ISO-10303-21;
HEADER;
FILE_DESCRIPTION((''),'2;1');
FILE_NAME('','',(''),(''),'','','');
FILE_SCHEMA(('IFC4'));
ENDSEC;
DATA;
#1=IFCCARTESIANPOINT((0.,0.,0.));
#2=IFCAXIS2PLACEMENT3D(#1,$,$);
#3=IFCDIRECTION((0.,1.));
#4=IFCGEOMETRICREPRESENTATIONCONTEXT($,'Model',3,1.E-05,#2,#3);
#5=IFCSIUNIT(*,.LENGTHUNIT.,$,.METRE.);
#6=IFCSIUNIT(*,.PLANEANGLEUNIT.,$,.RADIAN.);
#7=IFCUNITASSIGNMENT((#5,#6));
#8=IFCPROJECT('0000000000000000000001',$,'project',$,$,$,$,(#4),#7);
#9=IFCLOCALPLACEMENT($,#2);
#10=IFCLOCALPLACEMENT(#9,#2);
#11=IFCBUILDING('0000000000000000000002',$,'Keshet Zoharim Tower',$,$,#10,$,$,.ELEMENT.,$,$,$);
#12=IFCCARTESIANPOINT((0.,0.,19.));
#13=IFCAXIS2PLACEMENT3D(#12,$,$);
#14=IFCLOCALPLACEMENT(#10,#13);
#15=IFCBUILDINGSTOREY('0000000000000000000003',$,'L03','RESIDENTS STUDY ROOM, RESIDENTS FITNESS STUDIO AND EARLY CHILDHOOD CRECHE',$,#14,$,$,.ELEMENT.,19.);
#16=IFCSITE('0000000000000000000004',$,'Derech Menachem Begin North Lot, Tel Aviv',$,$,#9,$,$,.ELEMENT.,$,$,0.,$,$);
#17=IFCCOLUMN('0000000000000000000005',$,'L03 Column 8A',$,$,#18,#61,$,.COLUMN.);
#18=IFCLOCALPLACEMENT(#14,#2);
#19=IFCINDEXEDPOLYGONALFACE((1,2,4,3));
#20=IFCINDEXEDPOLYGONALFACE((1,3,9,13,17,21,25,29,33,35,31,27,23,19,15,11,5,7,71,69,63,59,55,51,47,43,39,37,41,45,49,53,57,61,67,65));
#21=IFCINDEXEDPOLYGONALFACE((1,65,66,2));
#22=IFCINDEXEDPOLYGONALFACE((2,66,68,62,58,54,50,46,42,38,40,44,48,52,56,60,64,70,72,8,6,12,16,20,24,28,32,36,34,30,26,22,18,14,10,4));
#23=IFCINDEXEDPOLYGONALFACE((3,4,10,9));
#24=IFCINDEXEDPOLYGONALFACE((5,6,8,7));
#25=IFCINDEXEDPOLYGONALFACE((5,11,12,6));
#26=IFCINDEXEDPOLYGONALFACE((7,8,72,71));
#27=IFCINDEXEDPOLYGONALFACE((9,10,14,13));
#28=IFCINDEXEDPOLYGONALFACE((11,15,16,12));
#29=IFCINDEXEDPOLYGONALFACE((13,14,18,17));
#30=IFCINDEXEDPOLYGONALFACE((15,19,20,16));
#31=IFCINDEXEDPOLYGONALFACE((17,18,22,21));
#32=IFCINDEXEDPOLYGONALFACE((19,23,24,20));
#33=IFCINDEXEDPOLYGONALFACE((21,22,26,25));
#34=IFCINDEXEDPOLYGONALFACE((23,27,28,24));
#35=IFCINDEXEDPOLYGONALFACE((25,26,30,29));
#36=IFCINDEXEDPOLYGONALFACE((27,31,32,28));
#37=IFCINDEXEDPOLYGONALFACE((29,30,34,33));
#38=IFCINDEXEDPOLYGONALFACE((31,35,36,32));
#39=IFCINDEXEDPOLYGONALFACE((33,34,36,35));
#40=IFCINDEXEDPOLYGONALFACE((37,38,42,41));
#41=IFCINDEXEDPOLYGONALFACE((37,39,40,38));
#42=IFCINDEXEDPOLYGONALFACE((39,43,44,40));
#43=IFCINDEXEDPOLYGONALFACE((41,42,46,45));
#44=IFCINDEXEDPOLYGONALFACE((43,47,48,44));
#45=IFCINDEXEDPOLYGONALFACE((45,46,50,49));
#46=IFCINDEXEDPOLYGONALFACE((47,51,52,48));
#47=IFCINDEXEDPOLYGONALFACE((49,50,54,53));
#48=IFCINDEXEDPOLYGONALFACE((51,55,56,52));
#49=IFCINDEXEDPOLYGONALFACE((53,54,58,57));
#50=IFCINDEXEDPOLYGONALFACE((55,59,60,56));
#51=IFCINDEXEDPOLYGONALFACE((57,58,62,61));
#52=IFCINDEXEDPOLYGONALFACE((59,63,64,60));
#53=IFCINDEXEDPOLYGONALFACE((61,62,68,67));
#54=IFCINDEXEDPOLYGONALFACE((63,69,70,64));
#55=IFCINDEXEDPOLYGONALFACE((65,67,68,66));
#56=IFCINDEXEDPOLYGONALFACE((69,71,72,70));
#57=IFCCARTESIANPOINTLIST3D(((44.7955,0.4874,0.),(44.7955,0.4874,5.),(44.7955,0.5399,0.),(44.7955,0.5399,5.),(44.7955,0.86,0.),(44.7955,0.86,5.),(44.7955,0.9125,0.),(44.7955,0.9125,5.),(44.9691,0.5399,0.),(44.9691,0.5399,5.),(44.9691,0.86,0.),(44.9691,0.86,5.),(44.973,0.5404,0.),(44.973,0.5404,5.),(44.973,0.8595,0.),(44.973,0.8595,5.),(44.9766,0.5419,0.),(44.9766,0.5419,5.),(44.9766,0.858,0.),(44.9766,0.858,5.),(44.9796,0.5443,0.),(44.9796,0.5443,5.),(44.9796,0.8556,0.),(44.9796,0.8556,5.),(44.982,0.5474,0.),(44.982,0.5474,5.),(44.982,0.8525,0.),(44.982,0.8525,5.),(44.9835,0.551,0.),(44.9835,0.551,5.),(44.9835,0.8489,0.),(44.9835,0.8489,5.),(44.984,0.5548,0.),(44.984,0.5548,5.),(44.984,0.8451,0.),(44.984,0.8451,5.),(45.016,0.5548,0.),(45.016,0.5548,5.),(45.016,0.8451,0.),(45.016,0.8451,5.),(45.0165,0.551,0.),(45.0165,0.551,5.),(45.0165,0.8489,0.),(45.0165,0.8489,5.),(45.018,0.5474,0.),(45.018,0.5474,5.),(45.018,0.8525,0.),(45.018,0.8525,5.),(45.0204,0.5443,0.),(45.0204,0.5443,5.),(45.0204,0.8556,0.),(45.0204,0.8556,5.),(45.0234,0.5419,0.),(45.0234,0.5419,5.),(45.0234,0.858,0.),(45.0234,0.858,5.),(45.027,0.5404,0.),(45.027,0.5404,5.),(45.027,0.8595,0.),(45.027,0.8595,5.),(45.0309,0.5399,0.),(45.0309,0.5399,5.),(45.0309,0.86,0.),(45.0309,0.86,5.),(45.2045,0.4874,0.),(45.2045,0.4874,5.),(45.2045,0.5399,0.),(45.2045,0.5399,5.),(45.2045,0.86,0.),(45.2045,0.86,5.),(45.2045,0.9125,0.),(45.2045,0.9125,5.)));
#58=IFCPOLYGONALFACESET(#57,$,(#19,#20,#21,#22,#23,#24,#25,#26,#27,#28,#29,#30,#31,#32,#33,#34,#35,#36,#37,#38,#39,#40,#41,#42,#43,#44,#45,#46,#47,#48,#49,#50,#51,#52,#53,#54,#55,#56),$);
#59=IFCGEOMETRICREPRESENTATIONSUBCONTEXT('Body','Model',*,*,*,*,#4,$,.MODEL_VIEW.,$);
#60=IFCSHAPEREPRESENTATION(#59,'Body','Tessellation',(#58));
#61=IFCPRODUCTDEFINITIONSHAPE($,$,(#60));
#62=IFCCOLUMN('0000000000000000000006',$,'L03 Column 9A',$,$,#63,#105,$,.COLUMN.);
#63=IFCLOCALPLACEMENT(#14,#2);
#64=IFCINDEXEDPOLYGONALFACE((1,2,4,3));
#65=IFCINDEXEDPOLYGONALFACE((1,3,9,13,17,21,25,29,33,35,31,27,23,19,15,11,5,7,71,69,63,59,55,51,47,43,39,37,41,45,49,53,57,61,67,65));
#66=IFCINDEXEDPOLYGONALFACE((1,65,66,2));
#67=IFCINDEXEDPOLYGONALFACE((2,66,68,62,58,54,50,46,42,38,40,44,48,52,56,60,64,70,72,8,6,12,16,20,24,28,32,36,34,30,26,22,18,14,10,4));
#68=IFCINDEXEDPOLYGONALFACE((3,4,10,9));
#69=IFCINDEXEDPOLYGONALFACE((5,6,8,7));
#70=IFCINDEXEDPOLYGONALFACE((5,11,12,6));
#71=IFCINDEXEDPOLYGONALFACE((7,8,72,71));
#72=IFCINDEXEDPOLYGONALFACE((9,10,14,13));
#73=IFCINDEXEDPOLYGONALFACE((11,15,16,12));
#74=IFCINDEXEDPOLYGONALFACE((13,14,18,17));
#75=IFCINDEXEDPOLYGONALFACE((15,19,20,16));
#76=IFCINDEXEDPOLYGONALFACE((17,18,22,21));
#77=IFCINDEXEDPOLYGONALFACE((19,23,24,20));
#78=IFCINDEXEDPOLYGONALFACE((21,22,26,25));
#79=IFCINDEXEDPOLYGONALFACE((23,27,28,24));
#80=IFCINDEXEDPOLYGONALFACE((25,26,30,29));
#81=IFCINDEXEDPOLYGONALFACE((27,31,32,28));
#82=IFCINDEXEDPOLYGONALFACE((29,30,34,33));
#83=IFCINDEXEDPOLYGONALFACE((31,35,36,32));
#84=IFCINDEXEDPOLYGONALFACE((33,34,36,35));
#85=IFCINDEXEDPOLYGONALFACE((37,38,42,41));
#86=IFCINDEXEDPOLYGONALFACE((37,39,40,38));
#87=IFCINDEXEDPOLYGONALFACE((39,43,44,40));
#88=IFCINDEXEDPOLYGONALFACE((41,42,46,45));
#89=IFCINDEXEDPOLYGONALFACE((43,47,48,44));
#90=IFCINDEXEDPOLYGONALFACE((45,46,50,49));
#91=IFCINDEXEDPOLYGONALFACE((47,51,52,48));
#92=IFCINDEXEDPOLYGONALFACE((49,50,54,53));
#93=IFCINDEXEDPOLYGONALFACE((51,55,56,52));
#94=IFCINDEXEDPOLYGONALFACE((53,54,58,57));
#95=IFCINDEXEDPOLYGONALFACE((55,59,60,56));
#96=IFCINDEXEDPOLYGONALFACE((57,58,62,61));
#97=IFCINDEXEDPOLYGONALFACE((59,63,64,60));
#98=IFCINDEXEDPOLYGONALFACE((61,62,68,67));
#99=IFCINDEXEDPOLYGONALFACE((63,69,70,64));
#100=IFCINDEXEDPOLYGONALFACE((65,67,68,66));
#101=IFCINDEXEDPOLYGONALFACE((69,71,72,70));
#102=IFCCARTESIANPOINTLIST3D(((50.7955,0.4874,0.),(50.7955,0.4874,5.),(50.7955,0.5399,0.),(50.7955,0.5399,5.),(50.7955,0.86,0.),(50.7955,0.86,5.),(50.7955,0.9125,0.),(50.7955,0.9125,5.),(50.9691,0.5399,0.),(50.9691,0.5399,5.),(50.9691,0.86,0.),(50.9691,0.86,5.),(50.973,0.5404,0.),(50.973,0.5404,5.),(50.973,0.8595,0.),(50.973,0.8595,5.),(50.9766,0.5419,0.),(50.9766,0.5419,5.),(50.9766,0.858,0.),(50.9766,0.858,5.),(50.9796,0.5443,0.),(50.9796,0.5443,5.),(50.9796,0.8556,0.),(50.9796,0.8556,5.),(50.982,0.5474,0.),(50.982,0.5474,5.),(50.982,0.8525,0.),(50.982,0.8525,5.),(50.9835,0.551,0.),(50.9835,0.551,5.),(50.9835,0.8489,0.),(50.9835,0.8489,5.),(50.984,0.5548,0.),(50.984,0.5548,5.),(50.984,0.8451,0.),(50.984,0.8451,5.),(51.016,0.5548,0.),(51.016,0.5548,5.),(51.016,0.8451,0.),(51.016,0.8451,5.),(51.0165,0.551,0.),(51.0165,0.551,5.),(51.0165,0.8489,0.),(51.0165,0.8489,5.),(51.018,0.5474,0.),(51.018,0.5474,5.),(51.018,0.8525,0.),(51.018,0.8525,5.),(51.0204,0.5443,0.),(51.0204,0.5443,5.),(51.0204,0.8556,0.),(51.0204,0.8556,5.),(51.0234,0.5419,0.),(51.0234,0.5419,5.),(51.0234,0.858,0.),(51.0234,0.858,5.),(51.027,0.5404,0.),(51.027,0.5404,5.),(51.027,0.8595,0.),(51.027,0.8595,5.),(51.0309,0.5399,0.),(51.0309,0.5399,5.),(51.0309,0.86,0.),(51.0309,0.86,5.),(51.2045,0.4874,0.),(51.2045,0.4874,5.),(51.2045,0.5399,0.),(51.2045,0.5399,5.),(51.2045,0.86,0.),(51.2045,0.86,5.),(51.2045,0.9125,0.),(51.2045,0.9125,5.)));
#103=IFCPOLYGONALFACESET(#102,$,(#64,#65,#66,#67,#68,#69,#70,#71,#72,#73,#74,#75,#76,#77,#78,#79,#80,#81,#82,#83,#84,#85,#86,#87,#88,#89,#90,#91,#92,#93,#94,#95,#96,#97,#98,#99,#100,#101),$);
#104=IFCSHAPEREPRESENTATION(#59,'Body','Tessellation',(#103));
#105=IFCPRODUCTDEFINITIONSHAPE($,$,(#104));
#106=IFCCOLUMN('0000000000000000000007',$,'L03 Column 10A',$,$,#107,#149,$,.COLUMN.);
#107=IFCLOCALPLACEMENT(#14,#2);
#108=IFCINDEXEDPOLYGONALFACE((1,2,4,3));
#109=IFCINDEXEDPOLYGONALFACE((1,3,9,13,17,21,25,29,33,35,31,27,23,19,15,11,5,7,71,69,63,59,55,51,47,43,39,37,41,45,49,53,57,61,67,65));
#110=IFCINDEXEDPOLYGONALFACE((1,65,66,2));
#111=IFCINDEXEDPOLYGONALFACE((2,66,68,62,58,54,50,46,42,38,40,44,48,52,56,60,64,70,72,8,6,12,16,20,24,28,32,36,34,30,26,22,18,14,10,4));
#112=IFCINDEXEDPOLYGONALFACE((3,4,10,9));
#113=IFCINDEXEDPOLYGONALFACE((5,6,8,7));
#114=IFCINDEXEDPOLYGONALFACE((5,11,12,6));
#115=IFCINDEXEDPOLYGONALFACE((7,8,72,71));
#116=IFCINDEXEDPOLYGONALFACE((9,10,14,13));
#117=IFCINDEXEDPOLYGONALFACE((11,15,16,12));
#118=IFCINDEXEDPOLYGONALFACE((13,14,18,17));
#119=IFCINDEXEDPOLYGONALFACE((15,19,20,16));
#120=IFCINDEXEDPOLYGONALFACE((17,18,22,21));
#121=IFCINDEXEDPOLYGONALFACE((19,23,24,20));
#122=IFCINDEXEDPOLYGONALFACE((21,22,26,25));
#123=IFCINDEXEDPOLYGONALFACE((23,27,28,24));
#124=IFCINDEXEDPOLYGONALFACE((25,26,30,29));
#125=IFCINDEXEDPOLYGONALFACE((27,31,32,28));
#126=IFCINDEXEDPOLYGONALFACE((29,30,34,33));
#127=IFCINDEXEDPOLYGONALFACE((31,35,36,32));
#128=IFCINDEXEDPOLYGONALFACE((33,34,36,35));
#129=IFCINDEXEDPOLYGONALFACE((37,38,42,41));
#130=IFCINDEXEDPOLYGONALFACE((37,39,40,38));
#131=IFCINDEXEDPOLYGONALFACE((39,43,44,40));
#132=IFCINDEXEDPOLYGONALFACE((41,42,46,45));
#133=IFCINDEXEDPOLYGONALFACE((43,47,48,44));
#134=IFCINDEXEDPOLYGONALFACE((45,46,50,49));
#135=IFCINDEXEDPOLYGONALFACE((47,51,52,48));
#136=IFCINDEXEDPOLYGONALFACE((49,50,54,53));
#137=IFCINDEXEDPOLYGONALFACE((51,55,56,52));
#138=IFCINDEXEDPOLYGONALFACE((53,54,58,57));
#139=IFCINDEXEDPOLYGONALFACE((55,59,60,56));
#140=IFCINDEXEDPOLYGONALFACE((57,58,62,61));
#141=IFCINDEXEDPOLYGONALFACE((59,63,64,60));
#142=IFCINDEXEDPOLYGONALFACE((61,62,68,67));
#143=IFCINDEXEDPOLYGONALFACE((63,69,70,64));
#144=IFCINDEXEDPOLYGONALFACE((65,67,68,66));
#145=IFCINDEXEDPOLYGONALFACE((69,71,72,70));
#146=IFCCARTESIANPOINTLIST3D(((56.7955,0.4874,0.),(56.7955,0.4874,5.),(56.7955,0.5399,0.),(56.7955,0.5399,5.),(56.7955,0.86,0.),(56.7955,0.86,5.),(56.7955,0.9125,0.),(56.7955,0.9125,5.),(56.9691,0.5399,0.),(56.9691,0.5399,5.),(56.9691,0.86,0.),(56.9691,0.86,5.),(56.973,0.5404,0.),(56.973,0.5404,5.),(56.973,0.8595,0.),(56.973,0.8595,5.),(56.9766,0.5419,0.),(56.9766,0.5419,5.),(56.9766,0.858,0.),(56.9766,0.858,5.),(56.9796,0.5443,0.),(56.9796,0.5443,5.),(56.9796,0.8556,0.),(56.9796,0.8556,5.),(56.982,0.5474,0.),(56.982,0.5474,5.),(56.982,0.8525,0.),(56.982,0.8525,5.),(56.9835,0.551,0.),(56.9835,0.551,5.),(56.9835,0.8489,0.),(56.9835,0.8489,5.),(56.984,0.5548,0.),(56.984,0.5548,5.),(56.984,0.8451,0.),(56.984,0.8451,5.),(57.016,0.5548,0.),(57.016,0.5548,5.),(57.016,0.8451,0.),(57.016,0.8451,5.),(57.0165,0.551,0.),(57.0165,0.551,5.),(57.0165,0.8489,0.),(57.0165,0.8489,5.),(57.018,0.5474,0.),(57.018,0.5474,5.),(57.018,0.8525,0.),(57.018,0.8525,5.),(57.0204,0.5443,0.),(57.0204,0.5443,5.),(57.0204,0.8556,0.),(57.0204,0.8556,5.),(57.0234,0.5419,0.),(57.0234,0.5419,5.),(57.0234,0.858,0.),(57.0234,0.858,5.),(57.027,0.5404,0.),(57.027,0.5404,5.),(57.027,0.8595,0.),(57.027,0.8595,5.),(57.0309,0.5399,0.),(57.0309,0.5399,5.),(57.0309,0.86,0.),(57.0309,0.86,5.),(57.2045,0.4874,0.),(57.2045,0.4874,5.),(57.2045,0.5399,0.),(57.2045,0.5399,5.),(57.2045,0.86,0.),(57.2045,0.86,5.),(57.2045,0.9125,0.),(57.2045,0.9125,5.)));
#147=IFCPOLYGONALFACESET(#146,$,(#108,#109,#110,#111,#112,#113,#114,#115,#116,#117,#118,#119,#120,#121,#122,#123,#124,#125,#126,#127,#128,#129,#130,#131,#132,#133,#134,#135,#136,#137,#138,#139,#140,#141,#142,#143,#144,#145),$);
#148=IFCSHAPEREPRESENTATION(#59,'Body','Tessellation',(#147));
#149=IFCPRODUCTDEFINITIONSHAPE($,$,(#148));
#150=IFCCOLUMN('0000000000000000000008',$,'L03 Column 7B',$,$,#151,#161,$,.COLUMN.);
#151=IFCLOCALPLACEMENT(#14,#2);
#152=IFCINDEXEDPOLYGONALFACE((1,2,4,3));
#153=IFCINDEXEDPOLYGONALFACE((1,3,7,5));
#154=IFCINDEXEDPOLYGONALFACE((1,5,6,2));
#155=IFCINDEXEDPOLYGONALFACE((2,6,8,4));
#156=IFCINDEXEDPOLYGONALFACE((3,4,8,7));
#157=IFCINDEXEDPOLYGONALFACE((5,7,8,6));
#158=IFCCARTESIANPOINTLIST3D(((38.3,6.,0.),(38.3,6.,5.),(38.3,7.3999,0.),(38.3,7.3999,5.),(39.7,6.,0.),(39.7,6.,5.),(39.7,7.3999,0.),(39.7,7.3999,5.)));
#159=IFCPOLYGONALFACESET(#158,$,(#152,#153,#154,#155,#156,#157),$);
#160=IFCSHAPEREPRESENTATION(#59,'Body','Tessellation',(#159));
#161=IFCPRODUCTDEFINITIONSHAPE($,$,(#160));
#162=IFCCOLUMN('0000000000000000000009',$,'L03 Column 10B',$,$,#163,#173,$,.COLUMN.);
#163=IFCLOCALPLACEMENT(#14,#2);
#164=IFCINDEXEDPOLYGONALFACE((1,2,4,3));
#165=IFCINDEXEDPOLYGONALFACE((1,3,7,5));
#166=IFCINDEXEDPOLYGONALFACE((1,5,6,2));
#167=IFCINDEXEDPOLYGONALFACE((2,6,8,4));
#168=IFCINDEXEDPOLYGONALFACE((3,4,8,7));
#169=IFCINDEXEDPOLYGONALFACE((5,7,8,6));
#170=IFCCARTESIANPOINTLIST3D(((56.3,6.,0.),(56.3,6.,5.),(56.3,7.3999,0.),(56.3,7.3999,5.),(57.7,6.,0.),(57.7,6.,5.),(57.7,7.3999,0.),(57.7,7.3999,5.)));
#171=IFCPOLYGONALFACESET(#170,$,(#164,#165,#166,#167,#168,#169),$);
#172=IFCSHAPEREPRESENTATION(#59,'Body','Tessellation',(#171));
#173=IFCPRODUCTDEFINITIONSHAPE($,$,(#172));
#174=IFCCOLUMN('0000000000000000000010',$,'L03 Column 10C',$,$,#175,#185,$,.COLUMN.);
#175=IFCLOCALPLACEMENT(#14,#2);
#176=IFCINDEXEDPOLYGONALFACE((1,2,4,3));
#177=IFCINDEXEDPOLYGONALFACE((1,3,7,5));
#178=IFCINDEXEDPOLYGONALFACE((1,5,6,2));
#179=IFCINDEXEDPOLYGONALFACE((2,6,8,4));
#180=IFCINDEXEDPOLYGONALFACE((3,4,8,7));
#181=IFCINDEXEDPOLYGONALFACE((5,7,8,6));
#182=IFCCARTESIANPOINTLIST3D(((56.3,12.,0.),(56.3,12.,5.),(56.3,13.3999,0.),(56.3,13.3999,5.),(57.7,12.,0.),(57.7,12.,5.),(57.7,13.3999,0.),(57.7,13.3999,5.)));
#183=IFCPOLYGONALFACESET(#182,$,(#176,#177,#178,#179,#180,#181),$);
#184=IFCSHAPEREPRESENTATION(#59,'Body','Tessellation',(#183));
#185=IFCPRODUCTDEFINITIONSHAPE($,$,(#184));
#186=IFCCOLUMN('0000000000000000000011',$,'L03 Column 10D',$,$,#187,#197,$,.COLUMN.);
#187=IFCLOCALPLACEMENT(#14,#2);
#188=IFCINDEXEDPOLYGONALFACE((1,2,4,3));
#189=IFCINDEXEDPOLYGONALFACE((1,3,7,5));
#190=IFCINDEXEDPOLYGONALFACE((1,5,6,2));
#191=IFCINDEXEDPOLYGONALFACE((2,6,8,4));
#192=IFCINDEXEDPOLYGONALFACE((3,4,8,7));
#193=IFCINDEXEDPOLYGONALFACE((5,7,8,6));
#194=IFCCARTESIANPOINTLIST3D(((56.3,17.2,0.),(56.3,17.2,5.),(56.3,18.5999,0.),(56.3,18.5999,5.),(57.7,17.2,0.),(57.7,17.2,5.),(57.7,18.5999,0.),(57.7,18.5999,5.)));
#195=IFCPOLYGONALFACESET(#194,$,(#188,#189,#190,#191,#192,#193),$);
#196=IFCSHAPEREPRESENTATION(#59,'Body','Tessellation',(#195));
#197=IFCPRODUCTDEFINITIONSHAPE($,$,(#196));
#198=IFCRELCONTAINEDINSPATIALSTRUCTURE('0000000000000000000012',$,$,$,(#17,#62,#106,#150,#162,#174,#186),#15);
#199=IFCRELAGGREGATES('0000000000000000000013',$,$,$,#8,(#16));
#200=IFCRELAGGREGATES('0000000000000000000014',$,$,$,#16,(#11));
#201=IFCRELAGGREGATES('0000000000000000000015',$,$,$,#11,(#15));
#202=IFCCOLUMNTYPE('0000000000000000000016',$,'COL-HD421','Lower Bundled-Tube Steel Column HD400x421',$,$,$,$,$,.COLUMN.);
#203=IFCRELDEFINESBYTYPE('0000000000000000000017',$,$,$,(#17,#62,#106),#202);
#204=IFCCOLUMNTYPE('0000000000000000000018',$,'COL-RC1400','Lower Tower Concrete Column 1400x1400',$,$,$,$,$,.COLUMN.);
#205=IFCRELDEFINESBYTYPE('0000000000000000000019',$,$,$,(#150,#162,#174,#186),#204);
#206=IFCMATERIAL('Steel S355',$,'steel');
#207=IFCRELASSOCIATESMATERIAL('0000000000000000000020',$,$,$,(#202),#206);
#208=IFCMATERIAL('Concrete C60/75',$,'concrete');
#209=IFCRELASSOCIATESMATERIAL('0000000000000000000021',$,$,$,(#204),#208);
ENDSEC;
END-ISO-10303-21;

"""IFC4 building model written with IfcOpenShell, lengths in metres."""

from ifc_helpers import new_model, si_unit, direction, frame, origin, origin_2d, place, context, subcontext, project, spatial, rectangle, i_section, extrude, material, material_profile, profile_set, type_object, element, save


model = new_model("IFC4")

# Units and contexts
model_context = context("Model", 3, precision=1e-05, world=origin(), true_north=direction((0.0, 1.0)))
body_context = subcontext(model_context, "Body", "Model", "MODEL_VIEW")
ifc_project = project(units=[si_unit("LENGTHUNIT", "METRE"), si_unit("PLANEANGLEUNIT", "RADIAN")], contexts=[model_context])

# Site, building, storey
site_placement = place(None, origin())
site = spatial("IfcSite", under=ifc_project, at=site_placement, Name="Derech Menachem Begin North Lot, Tel Aviv", CompositionType="ELEMENT", RefElevation=0.0)
building_placement = place(site_placement, origin())
building = spatial("IfcBuilding", under=site, at=building_placement, Name="Keshet Zoharim Tower", CompositionType="ELEMENT")
storey_placement = place(building_placement, frame((0.0, 0.0, 19.0)))
storey = spatial("IfcBuildingStorey", under=building, at=storey_placement, Name="L03", Description="RESIDENTS STUDY ROOM, RESIDENTS FITNESS STUDIO AND EARLY CHILDHOOD CRECHE", CompositionType="ELEMENT", Elevation=19.0)

# Columns
ifc_material_1 = material(Name="Steel S355", Category="steel")
ifc_material_profile_1 = material_profile(ifc_material_1, i_section(OverallWidth=0.4089, OverallDepth=0.425, WebThickness=0.032, FlangeThickness=0.0525, FilletRadius=0.0149, at=origin_2d()), Name="HD400x421")
ifc_profile_set_1 = profile_set([ifc_material_profile_1], Name="Steel S355")
column_type_1 = type_object("IfcColumnType", Name="COL-HD421", Description="Lower Bundled-Tube Steel Column HD400x421", PredefinedType="COLUMN", material=ifc_profile_set_1)
for number, where, z_axis, x_axis, name in (
    (1, (45.0, 0.7, 0.0), (0.0, 0.0, 1.0), (1.0, 0.0, 0.0), "L03 Column 8A"),
    (2, (51.0, 0.7, 0.0), (0.0, 0.0, 1.0), (1.0, 0.0, 0.0), "L03 Column 9A"),
    (3, (57.0, 0.7, 0.0), (0.0, 0.0, 1.0), (1.0, 0.0, 0.0), "L03 Column 10A"),
):
    element("IfcColumn", number, at=place(storey_placement, frame(where, z_axis=z_axis, x_axis=x_axis)), inside=storey, type_object=column_type_1, Name=name, PredefinedType="COLUMN", context=body_context, shape_type="SweptSolid", body=[
        extrude(i_section(OverallWidth=0.4089, OverallDepth=0.425, WebThickness=0.032, FlangeThickness=0.0525, FilletRadius=0.0149, at=origin_2d()), origin(), (0.0, 0.0, 1.0), 5.0),
    ])
ifc_material_2 = material(Name="Concrete C60/75", Category="concrete")
ifc_material_profile_2 = material_profile(ifc_material_2, rectangle(XDim=1.3999, YDim=1.3999, at=origin_2d()), Name="RC1400x1400")
ifc_profile_set_2 = profile_set([ifc_material_profile_2], Name="Concrete C60/75")
column_type_2 = type_object("IfcColumnType", Name="COL-RC1400", Description="Lower Tower Concrete Column 1400x1400", PredefinedType="COLUMN", material=ifc_profile_set_2)
for number, where, z_axis, x_axis, name in (
    (4, (39.0, 6.7, 0.0), (0.0, 0.0, 1.0), (1.0, 0.0, 0.0), "L03 Column 7B"),
    (5, (57.0, 6.7, 0.0), (0.0, 0.0, 1.0), (1.0, 0.0, 0.0), "L03 Column 10B"),
    (6, (57.0, 12.7, 0.0), (0.0, 0.0, 1.0), (1.0, 0.0, 0.0), "L03 Column 10C"),
    (7, (57.0, 17.8999, 0.0), (0.0, 0.0, 1.0), (1.0, 0.0, 0.0), "L03 Column 10D"),
):
    element("IfcColumn", number, at=place(storey_placement, frame(where, z_axis=z_axis, x_axis=x_axis)), inside=storey, type_object=column_type_2, Name=name, PredefinedType="COLUMN", context=body_context, shape_type="SweptSolid", body=[
        extrude(rectangle(XDim=1.3999, YDim=1.3999, at=origin_2d()), origin(), (0.0, 0.0, 1.0), 5.0),
    ])

save(model, "model.ifc")
